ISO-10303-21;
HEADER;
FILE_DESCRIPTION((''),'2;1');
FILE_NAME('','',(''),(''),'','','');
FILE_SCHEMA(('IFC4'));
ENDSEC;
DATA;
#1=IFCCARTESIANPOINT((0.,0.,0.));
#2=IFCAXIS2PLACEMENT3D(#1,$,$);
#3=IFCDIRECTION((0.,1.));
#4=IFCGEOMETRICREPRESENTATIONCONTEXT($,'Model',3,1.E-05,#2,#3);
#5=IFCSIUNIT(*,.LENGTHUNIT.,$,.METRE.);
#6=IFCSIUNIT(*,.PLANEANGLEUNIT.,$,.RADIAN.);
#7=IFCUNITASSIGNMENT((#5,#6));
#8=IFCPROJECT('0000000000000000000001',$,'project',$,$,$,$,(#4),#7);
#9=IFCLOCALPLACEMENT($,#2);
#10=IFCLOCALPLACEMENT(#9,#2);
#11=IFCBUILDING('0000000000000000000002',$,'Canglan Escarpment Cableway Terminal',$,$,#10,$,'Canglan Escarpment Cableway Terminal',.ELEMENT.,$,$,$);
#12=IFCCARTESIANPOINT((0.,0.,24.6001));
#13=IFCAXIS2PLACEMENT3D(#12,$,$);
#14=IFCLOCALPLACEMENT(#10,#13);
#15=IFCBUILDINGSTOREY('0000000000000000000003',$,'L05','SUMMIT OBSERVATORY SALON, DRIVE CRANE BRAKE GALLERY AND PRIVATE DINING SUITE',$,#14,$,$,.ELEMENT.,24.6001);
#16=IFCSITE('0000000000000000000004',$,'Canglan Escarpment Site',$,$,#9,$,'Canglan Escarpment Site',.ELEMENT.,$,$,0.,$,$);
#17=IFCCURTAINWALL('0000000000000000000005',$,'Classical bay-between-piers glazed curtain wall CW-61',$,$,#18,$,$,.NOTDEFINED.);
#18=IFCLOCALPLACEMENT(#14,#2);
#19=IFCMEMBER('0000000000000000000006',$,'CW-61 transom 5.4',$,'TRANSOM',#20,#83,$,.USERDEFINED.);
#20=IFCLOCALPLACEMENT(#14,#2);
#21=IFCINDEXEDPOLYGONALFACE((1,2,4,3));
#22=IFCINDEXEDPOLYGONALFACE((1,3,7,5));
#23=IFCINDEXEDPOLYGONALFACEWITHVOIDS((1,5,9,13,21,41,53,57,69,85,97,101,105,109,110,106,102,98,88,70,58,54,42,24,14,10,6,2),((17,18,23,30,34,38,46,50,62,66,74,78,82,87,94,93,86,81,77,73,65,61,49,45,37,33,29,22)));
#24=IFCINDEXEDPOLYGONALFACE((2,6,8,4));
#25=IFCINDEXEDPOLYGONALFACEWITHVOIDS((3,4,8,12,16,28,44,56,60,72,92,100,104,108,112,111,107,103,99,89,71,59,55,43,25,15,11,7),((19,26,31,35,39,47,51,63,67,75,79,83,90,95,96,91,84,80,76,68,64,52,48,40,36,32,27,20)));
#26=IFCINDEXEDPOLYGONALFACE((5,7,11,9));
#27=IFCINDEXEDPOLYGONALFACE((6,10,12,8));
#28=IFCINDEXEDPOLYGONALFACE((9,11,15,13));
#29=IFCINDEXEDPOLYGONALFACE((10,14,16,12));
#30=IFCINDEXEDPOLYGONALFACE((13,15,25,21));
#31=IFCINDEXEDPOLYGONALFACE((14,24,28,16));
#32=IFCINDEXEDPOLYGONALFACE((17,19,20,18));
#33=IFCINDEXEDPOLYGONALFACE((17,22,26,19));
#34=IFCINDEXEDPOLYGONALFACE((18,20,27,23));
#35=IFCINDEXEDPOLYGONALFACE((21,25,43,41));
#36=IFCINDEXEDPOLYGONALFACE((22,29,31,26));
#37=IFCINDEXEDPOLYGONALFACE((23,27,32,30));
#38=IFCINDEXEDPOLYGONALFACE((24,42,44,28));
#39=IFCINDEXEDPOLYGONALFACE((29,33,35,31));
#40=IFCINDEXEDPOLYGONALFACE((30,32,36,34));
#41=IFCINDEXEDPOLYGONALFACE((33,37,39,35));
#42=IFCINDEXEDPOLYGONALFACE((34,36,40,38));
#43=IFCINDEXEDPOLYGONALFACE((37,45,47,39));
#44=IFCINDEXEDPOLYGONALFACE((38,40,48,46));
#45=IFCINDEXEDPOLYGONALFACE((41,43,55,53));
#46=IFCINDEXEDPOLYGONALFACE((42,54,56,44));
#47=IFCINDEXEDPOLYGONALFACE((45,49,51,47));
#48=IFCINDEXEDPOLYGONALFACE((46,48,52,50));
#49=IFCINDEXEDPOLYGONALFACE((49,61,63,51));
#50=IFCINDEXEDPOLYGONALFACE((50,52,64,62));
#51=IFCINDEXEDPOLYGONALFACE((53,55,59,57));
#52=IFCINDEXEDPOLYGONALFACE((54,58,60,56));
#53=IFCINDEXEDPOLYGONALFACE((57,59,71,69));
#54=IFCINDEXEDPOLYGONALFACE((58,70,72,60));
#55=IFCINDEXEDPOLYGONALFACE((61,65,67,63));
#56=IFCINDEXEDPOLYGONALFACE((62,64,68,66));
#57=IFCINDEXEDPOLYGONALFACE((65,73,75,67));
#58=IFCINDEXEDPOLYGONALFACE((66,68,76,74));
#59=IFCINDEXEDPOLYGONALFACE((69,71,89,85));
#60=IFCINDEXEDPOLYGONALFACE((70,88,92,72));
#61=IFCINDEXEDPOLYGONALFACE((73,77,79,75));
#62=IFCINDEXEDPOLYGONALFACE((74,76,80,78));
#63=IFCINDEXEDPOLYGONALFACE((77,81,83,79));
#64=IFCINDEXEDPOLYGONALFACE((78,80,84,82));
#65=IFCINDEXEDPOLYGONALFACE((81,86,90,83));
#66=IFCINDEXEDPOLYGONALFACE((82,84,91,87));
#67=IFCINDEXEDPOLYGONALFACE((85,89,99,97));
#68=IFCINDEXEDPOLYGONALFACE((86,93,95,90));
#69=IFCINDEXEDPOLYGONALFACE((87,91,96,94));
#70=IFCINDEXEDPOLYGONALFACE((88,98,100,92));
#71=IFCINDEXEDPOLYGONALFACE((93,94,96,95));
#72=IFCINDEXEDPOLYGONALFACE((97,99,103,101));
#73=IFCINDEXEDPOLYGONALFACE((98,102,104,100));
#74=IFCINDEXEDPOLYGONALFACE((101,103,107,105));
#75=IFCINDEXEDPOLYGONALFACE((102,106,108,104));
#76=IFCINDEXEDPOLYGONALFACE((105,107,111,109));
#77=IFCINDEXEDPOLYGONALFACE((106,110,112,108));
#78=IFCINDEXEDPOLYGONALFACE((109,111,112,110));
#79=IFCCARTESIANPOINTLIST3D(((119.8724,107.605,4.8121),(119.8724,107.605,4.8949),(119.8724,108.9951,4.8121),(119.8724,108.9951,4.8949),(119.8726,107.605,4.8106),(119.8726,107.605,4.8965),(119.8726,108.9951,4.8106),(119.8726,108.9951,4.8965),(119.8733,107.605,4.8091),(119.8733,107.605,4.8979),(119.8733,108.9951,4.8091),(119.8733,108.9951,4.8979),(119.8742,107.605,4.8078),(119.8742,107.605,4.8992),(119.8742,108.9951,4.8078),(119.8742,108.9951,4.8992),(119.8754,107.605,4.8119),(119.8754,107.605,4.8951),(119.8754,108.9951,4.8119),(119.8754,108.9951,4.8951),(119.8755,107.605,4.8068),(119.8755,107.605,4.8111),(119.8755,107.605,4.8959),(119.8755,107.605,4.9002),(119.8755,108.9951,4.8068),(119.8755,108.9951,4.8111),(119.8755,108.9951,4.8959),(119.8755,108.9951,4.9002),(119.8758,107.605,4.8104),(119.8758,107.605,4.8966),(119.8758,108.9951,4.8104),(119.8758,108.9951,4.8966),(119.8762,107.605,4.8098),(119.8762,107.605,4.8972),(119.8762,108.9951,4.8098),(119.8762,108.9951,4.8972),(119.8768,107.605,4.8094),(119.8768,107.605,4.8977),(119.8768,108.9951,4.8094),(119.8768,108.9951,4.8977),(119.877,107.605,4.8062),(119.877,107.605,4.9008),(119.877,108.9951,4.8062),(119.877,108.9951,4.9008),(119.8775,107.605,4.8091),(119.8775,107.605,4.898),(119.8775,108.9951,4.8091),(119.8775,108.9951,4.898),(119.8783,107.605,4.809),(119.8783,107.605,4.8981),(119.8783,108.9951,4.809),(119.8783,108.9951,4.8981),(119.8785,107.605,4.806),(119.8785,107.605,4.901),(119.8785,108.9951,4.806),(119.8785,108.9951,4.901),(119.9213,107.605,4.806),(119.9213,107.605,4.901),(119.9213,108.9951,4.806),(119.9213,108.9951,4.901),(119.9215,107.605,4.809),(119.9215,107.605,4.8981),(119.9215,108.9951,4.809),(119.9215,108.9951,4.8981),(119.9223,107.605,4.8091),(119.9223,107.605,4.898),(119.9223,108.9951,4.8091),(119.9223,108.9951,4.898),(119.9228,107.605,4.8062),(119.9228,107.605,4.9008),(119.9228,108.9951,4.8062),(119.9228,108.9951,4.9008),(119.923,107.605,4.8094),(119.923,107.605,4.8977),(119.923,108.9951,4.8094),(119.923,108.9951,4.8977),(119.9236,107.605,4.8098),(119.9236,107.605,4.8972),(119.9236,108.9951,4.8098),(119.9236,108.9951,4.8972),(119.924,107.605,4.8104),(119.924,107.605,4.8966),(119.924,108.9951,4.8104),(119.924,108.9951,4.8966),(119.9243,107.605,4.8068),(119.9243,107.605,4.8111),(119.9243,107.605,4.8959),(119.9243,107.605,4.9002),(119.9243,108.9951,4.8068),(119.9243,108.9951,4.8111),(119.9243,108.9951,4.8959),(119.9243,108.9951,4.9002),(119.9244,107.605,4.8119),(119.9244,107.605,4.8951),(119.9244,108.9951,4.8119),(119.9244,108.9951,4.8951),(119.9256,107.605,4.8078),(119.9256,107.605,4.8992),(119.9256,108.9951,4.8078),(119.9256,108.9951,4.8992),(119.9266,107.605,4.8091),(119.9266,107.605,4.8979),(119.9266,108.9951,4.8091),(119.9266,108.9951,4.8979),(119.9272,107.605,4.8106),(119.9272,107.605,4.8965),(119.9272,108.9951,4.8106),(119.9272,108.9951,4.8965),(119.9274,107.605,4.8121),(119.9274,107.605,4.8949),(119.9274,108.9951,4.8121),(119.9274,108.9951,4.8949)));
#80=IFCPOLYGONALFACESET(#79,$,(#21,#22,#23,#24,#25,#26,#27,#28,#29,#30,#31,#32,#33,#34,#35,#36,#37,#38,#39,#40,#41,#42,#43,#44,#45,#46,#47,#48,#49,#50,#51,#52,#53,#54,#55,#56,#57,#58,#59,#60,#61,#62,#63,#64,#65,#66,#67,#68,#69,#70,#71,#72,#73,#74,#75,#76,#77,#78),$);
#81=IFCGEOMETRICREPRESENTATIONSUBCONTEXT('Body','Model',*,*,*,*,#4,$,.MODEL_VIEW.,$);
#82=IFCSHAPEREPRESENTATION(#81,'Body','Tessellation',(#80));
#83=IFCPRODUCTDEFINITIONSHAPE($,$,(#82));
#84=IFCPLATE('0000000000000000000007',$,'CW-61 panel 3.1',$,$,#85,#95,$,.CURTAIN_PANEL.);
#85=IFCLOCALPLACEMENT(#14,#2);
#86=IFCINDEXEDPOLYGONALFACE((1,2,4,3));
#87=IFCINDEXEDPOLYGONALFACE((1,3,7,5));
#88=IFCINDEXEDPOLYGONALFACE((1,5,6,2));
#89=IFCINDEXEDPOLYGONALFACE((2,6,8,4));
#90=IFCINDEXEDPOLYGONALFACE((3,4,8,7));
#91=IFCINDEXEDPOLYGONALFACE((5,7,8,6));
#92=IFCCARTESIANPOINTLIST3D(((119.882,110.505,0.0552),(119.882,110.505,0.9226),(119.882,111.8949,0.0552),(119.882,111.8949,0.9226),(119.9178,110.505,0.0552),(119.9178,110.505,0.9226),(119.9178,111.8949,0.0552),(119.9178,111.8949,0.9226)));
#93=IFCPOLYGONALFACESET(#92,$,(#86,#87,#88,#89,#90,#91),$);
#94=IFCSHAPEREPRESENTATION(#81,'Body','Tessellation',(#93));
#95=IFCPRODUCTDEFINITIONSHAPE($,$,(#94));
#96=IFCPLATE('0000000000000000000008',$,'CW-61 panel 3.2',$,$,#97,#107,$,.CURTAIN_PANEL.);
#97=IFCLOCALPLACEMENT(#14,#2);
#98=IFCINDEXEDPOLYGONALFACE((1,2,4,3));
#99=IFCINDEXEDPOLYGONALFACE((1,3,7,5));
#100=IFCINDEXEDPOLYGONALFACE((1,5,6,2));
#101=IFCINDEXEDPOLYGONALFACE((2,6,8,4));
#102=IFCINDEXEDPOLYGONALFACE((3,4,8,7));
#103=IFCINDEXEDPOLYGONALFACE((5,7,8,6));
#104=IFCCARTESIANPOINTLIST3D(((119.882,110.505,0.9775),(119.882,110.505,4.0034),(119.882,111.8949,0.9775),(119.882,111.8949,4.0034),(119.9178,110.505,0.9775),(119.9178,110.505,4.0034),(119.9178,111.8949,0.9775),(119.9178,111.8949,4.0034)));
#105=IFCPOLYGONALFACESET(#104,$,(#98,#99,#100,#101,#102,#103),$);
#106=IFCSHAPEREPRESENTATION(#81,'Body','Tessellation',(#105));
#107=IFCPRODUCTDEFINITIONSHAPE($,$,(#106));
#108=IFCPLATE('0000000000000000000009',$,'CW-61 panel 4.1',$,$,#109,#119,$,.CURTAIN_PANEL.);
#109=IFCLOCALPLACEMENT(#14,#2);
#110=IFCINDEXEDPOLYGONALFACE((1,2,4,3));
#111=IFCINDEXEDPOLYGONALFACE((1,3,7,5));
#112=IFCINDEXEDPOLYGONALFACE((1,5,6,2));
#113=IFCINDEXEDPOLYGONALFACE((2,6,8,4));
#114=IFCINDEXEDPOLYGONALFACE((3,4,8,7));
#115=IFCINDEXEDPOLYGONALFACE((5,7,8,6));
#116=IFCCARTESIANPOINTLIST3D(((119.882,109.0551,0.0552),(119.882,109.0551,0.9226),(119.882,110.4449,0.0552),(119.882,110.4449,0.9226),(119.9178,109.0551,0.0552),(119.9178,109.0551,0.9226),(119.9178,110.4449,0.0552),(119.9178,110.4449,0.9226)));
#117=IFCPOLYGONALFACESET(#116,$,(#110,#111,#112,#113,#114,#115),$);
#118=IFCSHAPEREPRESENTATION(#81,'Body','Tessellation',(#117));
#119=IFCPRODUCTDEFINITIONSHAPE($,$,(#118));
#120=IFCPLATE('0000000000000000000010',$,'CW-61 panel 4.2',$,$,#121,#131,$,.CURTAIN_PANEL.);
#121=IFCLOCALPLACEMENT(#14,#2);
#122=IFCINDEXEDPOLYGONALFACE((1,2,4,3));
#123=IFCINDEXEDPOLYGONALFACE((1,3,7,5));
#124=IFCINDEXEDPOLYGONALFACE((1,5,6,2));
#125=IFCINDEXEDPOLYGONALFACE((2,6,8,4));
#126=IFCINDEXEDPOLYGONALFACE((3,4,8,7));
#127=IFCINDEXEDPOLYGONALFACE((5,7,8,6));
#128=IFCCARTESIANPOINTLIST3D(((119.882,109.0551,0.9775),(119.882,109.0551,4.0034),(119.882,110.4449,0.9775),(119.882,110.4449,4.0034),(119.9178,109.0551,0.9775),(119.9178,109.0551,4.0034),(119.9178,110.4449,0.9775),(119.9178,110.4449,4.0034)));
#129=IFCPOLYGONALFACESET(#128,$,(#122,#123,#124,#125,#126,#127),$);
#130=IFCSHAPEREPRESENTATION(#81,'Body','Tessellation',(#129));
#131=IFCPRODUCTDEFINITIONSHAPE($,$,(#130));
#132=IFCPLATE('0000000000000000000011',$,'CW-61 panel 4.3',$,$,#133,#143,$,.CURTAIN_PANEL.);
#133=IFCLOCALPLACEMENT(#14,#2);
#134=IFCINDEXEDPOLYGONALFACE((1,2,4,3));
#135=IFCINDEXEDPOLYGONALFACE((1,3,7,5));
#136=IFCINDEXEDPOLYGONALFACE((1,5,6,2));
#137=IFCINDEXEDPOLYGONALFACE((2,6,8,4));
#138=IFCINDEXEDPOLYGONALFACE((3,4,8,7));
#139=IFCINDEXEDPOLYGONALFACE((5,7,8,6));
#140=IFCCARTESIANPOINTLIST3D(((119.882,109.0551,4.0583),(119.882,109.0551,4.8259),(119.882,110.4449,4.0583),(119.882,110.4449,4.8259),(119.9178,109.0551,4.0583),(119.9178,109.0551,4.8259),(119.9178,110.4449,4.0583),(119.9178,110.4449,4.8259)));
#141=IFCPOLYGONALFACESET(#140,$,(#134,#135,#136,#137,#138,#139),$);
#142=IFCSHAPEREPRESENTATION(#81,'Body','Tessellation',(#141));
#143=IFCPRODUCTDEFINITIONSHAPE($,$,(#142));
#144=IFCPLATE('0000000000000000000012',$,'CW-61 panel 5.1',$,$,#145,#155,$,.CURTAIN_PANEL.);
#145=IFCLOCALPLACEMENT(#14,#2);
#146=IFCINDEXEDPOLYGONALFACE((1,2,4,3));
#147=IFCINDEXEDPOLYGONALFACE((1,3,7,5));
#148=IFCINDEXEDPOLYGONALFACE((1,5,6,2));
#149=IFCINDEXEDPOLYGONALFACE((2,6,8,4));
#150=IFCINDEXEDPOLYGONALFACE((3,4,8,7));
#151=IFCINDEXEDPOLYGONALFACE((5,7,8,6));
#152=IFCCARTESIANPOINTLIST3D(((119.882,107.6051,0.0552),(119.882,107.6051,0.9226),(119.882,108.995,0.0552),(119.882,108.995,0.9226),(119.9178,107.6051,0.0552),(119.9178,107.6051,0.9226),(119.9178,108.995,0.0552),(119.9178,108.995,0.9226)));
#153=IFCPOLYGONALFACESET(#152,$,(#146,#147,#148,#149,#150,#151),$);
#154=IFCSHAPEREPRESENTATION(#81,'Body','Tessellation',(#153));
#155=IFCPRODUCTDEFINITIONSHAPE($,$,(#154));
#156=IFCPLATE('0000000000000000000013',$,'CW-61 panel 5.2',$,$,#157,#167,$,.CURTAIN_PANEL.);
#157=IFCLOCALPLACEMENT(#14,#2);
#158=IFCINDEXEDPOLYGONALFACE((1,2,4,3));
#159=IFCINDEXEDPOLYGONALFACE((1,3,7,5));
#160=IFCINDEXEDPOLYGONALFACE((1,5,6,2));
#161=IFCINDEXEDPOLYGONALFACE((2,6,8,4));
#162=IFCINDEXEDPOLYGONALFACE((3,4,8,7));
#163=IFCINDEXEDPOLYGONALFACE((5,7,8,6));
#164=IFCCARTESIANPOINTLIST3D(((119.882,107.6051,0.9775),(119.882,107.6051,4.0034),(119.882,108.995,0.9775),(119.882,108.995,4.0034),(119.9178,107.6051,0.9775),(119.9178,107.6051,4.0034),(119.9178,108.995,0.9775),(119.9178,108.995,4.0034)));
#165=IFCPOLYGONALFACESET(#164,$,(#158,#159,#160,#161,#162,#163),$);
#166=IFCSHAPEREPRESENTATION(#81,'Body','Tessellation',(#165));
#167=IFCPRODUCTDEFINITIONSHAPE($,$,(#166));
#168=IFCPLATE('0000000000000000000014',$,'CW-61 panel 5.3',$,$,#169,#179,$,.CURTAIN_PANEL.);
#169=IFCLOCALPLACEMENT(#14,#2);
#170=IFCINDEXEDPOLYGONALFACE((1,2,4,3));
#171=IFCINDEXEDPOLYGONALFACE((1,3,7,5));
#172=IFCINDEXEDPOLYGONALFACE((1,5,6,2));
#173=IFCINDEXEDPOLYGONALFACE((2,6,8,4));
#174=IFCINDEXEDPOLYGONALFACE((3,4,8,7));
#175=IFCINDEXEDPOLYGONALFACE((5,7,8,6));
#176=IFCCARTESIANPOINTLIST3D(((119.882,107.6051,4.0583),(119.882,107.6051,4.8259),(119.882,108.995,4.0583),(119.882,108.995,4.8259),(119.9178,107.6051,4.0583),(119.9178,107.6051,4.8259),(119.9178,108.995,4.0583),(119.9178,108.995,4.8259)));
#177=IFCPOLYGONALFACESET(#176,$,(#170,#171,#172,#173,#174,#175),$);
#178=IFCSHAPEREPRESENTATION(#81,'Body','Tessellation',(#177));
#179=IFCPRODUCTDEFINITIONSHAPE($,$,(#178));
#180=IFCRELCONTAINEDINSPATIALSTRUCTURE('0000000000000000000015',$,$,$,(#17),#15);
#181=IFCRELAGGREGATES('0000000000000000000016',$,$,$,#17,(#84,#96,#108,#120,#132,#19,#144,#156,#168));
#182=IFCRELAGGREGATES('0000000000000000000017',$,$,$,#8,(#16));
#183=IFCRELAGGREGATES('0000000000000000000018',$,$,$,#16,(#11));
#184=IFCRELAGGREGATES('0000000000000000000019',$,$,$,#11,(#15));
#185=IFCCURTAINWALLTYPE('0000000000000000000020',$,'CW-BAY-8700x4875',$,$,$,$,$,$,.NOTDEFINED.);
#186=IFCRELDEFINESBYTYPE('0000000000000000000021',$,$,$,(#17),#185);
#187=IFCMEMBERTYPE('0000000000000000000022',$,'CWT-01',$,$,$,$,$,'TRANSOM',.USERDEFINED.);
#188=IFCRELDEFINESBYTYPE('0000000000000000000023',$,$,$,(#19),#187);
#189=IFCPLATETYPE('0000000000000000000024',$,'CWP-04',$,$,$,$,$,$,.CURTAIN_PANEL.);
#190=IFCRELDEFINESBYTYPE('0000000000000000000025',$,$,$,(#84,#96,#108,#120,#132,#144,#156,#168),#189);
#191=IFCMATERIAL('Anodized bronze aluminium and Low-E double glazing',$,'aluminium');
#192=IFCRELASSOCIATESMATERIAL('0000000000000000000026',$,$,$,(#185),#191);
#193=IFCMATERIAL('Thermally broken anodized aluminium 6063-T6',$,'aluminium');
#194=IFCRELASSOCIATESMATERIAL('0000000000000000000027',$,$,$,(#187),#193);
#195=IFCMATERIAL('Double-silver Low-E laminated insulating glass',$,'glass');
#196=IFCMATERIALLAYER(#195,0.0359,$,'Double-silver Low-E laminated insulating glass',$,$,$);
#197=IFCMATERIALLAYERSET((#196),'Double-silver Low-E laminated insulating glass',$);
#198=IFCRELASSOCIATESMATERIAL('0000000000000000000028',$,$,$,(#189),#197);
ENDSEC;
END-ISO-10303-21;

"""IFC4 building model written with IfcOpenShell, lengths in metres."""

from ifc_helpers import new_model, si_unit, direction, frame, origin, origin_2d, place, context, subcontext, project, spatial, rectangle, hollow_rectangle, extrude, material, layer, layer_set, material_profile, profile_set, type_object, element, aggregate, save


model = new_model("IFC4")

# Units and contexts
model_context = context("Model", 3, precision=1e-05, world=origin(), true_north=direction((0.0, 1.0)))
body_context = subcontext(model_context, "Body", "Model", "MODEL_VIEW")
ifc_project = project(units=[si_unit("LENGTHUNIT", "METRE"), si_unit("PLANEANGLEUNIT", "RADIAN")], contexts=[model_context])

# Site, building, storey
site_placement = place(None, origin())
site = spatial("IfcSite", under=ifc_project, at=site_placement, Name="Canglan Escarpment Site", LongName="Canglan Escarpment Site", CompositionType="ELEMENT", RefElevation=0.0)
building_placement = place(site_placement, origin())
building = spatial("IfcBuilding", under=site, at=building_placement, Name="Canglan Escarpment Cableway Terminal", LongName="Canglan Escarpment Cableway Terminal", CompositionType="ELEMENT")
storey_placement = place(building_placement, frame((0.0, 0.0, 24.6001)))
storey = spatial("IfcBuildingStorey", under=building, at=storey_placement, Name="L05", Description="SUMMIT OBSERVATORY SALON, DRIVE CRANE BRAKE GALLERY AND PRIVATE DINING SUITE", CompositionType="ELEMENT", Elevation=24.6001)

# Curtain wall, member, plates
ifc_material_1 = material(Name="Anodized bronze aluminium and Low-E double glazing", Category="aluminium")
curtain_wall_type = type_object("IfcCurtainWallType", Name="CW-BAY-8700x4875", PredefinedType="NOTDEFINED", material=ifc_material_1)
curtain_wall_placement = place(storey_placement, origin())
curtain_wall = element("IfcCurtainWall", 1, at=curtain_wall_placement, inside=storey, type_object=curtain_wall_type, Name="Classical bay-between-piers glazed curtain wall CW-61", PredefinedType="NOTDEFINED")
ifc_material_2 = material(Name="Thermally broken anodized aluminium 6063-T6", Category="aluminium")
ifc_material_profile_1 = material_profile(ifc_material_2, hollow_rectangle(XDim=0.0549, YDim=0.095, WallThickness=0.0029, InnerFilletRadius=0.0029, OuterFilletRadius=0.0061, at=origin_2d()), Name="ALU-TRAN 55x95x3")
ifc_profile_set_1 = profile_set([ifc_material_profile_1], Name="Thermally broken anodized aluminium 6063-T6")
member_type_1 = type_object("IfcMemberType", Name="CWT-01", ElementType="TRANSOM", PredefinedType="USERDEFINED", material=ifc_profile_set_1)
member_1_placement = place(storey_placement, frame((119.8999, 108.9951, 4.8535), z_axis=(0.0, -1.0, 0.0), x_axis=(1.0, 0.0, 0.0)))
member_1 = element("IfcMember", 2, at=member_1_placement, type_object=member_type_1, Name="CW-61 transom 5.4", ObjectType="TRANSOM", PredefinedType="USERDEFINED", context=body_context, shape_type="SweptSolid", body=[
    extrude(hollow_rectangle(XDim=0.0549, YDim=0.095, WallThickness=0.0029, InnerFilletRadius=0.0029, OuterFilletRadius=0.0061, at=origin_2d()), origin(), (0.0, 0.0, 1.0), 1.3901),
])
ifc_material_3 = material(Name="Double-silver Low-E laminated insulating glass", Category="glass")
ifc_layer = layer(ifc_material_3, 0.0359, Name="Double-silver Low-E laminated insulating glass")
ifc_layer_set = layer_set([ifc_layer], Name="Double-silver Low-E laminated insulating glass")
plate_type = type_object("IfcPlateType", Name="CWP-04", PredefinedType="CURTAIN_PANEL", material=ifc_layer_set)
plate_1_placement = place(storey_placement, frame((119.8999, 111.2, 0.0552), z_axis=(0.0, 0.0, 1.0), x_axis=(0.0, -1.0, 0.0)))
plate_1 = element("IfcPlate", 3, at=plate_1_placement, type_object=plate_type, Name="CW-61 panel 3.1", PredefinedType="CURTAIN_PANEL", context=body_context, shape_type="SweptSolid", body=[
    extrude(rectangle(XDim=1.3899, YDim=0.0359, at=origin_2d()), origin(), (0.0, 0.0, 1.0), 0.8674),
])
plate_2_placement = place(storey_placement, frame((119.8999, 111.2, 0.9775), z_axis=(0.0, 0.0, 1.0), x_axis=(0.0, -1.0, 0.0)))
plate_2 = element("IfcPlate", 4, at=plate_2_placement, type_object=plate_type, Name="CW-61 panel 3.2", PredefinedType="CURTAIN_PANEL", context=body_context, shape_type="SweptSolid", body=[
    extrude(rectangle(XDim=1.3899, YDim=0.0359, at=origin_2d()), origin(), (0.0, 0.0, 1.0), 3.0259),
])
plate_3_placement = place(storey_placement, frame((119.8999, 109.75, 0.0552), z_axis=(0.0, 0.0, 1.0), x_axis=(0.0, -1.0, 0.0)))
plate_3 = element("IfcPlate", 5, at=plate_3_placement, type_object=plate_type, Name="CW-61 panel 4.1", PredefinedType="CURTAIN_PANEL", context=body_context, shape_type="SweptSolid", body=[
    extrude(rectangle(XDim=1.3899, YDim=0.0359, at=origin_2d()), origin(), (0.0, 0.0, 1.0), 0.8674),
])
plate_4_placement = place(storey_placement, frame((119.8999, 109.75, 0.9775), z_axis=(0.0, 0.0, 1.0), x_axis=(0.0, -1.0, 0.0)))
plate_4 = element("IfcPlate", 6, at=plate_4_placement, type_object=plate_type, Name="CW-61 panel 4.2", PredefinedType="CURTAIN_PANEL", context=body_context, shape_type="SweptSolid", body=[
    extrude(rectangle(XDim=1.3899, YDim=0.0359, at=origin_2d()), origin(), (0.0, 0.0, 1.0), 3.0259),
])
plate_5_placement = place(storey_placement, frame((119.8999, 109.75, 4.0583), z_axis=(0.0, 0.0, 1.0), x_axis=(0.0, -1.0, 0.0)))
plate_5 = element("IfcPlate", 7, at=plate_5_placement, type_object=plate_type, Name="CW-61 panel 4.3", PredefinedType="CURTAIN_PANEL", context=body_context, shape_type="SweptSolid", body=[
    extrude(rectangle(XDim=1.3899, YDim=0.0359, at=origin_2d()), origin(), (0.0, 0.0, 1.0), 0.7676),
])
plate_6_placement = place(storey_placement, frame((119.8999, 108.3, 0.0552), z_axis=(0.0, 0.0, 1.0), x_axis=(0.0, -1.0, 0.0)))
plate_6 = element("IfcPlate", 8, at=plate_6_placement, type_object=plate_type, Name="CW-61 panel 5.1", PredefinedType="CURTAIN_PANEL", context=body_context, shape_type="SweptSolid", body=[
    extrude(rectangle(XDim=1.3899, YDim=0.0359, at=origin_2d()), origin(), (0.0, 0.0, 1.0), 0.8674),
])
plate_7_placement = place(storey_placement, frame((119.8999, 108.3, 0.9775), z_axis=(0.0, 0.0, 1.0), x_axis=(0.0, -1.0, 0.0)))
plate_7 = element("IfcPlate", 9, at=plate_7_placement, type_object=plate_type, Name="CW-61 panel 5.2", PredefinedType="CURTAIN_PANEL", context=body_context, shape_type="SweptSolid", body=[
    extrude(rectangle(XDim=1.3899, YDim=0.0359, at=origin_2d()), origin(), (0.0, 0.0, 1.0), 3.0259),
])
plate_8_placement = place(storey_placement, frame((119.8999, 108.3, 4.0583), z_axis=(0.0, 0.0, 1.0), x_axis=(0.0, -1.0, 0.0)))
plate_8 = element("IfcPlate", 10, at=plate_8_placement, type_object=plate_type, Name="CW-61 panel 5.3", PredefinedType="CURTAIN_PANEL", context=body_context, shape_type="SweptSolid", body=[
    extrude(rectangle(XDim=1.3899, YDim=0.0359, at=origin_2d()), origin(), (0.0, 0.0, 1.0), 0.7676),
])
aggregate(curtain_wall, [plate_1, plate_2, plate_3, plate_4, plate_5, member_1, plate_6, plate_7, plate_8])

save(model, "model.ifc")
